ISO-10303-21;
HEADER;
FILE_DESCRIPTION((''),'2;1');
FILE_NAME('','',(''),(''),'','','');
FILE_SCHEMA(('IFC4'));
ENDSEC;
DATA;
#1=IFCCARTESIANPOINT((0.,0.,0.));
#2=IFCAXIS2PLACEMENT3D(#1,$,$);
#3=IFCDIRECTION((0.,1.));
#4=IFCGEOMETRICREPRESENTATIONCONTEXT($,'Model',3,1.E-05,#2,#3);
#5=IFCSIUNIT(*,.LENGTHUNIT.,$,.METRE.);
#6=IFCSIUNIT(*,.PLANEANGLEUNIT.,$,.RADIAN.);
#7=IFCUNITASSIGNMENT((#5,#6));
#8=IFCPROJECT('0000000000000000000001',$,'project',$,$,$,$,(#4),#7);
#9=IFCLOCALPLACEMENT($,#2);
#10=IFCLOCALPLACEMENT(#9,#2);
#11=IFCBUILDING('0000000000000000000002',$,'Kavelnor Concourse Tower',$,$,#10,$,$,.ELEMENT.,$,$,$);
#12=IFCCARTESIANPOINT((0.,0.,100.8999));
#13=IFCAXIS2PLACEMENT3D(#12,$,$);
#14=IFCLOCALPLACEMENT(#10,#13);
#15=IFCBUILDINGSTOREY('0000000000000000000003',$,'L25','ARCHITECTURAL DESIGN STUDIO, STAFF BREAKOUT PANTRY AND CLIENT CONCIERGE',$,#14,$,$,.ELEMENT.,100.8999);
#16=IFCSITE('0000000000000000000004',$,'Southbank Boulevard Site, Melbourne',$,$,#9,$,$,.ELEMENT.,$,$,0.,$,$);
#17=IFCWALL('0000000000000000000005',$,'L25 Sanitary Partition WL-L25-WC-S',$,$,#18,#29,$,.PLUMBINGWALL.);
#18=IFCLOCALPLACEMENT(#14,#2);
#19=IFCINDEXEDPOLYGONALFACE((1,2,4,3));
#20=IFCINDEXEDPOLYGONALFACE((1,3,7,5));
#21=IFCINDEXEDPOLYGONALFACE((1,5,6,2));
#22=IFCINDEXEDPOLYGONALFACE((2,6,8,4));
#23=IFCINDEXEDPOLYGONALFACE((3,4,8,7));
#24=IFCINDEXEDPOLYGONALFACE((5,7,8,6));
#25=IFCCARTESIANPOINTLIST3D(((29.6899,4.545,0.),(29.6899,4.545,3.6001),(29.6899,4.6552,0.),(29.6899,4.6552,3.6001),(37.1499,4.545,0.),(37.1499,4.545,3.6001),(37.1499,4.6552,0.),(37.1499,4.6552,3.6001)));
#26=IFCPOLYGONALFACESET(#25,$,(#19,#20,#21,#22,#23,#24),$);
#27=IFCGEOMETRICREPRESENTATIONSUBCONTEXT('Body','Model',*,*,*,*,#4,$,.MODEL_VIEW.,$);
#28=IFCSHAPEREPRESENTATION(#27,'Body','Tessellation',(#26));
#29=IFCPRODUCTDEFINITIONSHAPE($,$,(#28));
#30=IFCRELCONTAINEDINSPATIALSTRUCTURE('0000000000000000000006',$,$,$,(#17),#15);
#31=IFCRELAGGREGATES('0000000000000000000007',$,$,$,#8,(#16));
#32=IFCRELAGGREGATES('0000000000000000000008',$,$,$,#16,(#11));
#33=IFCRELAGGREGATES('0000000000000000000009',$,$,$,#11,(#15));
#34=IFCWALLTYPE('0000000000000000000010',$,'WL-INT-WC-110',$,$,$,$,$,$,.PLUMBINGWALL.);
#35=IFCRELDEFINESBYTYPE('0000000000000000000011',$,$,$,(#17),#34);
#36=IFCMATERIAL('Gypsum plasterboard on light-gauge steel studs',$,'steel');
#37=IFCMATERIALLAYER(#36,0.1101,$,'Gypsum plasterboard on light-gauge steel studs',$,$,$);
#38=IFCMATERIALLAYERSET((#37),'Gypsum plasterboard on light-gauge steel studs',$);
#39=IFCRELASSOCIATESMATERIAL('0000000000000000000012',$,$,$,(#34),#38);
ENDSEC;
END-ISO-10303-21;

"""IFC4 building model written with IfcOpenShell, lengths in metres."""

from ifc_helpers import new_model, si_unit, direction, frame, frame_2d, origin, place, context, subcontext, project, spatial, rectangle, extrude, material, layer, layer_set, type_object, element, save


model = new_model("IFC4")

# Units and contexts
model_context = context("Model", 3, precision=1e-05, world=origin(), true_north=direction((0.0, 1.0)))
body_context = subcontext(model_context, "Body", "Model", "MODEL_VIEW")
ifc_project = project(units=[si_unit("LENGTHUNIT", "METRE"), si_unit("PLANEANGLEUNIT", "RADIAN")], contexts=[model_context])

# Site, building, storey
site_placement = place(None, origin())
site = spatial("IfcSite", under=ifc_project, at=site_placement, Name="Southbank Boulevard Site, Melbourne", CompositionType="ELEMENT", RefElevation=0.0)
building_placement = place(site_placement, origin())
building = spatial("IfcBuilding", under=site, at=building_placement, Name="Kavelnor Concourse Tower", CompositionType="ELEMENT")
storey_placement = place(building_placement, frame((0.0, 0.0, 100.8999)))
storey = spatial("IfcBuildingStorey", under=building, at=storey_placement, Name="L25", Description="ARCHITECTURAL DESIGN STUDIO, STAFF BREAKOUT PANTRY AND CLIENT CONCIERGE", CompositionType="ELEMENT", Elevation=100.8999)

# Shared definitions
ifc_material_1 = material(Name="Gypsum plasterboard on light-gauge steel studs", Category="steel")

# Wall
ifc_layer_1 = layer(ifc_material_1, 0.1101, Name="Gypsum plasterboard on light-gauge steel studs")
ifc_layer_set_1 = layer_set([ifc_layer_1], Name="Gypsum plasterboard on light-gauge steel studs")
wall_type_1 = type_object("IfcWallType", Name="WL-INT-WC-110", PredefinedType="PLUMBINGWALL", material=ifc_layer_set_1)
wall_1_placement = place(storey_placement, frame((29.6899, 4.6001, 0.0), z_axis=(0.0, 0.0, 1.0), x_axis=(1.0, 0.0, 0.0)))
element("IfcWall", 1, at=wall_1_placement, inside=storey, type_object=wall_type_1, Name="L25 Sanitary Partition WL-L25-WC-S", PredefinedType="PLUMBINGWALL", context=body_context, shape_type="SweptSolid", body=[
    extrude(rectangle(XDim=7.46, YDim=0.1101, at=frame_2d((3.73, 0.0))), origin(), (0.0, 0.0, 1.0), 3.6001),
])

save(model, "model.ifc")
